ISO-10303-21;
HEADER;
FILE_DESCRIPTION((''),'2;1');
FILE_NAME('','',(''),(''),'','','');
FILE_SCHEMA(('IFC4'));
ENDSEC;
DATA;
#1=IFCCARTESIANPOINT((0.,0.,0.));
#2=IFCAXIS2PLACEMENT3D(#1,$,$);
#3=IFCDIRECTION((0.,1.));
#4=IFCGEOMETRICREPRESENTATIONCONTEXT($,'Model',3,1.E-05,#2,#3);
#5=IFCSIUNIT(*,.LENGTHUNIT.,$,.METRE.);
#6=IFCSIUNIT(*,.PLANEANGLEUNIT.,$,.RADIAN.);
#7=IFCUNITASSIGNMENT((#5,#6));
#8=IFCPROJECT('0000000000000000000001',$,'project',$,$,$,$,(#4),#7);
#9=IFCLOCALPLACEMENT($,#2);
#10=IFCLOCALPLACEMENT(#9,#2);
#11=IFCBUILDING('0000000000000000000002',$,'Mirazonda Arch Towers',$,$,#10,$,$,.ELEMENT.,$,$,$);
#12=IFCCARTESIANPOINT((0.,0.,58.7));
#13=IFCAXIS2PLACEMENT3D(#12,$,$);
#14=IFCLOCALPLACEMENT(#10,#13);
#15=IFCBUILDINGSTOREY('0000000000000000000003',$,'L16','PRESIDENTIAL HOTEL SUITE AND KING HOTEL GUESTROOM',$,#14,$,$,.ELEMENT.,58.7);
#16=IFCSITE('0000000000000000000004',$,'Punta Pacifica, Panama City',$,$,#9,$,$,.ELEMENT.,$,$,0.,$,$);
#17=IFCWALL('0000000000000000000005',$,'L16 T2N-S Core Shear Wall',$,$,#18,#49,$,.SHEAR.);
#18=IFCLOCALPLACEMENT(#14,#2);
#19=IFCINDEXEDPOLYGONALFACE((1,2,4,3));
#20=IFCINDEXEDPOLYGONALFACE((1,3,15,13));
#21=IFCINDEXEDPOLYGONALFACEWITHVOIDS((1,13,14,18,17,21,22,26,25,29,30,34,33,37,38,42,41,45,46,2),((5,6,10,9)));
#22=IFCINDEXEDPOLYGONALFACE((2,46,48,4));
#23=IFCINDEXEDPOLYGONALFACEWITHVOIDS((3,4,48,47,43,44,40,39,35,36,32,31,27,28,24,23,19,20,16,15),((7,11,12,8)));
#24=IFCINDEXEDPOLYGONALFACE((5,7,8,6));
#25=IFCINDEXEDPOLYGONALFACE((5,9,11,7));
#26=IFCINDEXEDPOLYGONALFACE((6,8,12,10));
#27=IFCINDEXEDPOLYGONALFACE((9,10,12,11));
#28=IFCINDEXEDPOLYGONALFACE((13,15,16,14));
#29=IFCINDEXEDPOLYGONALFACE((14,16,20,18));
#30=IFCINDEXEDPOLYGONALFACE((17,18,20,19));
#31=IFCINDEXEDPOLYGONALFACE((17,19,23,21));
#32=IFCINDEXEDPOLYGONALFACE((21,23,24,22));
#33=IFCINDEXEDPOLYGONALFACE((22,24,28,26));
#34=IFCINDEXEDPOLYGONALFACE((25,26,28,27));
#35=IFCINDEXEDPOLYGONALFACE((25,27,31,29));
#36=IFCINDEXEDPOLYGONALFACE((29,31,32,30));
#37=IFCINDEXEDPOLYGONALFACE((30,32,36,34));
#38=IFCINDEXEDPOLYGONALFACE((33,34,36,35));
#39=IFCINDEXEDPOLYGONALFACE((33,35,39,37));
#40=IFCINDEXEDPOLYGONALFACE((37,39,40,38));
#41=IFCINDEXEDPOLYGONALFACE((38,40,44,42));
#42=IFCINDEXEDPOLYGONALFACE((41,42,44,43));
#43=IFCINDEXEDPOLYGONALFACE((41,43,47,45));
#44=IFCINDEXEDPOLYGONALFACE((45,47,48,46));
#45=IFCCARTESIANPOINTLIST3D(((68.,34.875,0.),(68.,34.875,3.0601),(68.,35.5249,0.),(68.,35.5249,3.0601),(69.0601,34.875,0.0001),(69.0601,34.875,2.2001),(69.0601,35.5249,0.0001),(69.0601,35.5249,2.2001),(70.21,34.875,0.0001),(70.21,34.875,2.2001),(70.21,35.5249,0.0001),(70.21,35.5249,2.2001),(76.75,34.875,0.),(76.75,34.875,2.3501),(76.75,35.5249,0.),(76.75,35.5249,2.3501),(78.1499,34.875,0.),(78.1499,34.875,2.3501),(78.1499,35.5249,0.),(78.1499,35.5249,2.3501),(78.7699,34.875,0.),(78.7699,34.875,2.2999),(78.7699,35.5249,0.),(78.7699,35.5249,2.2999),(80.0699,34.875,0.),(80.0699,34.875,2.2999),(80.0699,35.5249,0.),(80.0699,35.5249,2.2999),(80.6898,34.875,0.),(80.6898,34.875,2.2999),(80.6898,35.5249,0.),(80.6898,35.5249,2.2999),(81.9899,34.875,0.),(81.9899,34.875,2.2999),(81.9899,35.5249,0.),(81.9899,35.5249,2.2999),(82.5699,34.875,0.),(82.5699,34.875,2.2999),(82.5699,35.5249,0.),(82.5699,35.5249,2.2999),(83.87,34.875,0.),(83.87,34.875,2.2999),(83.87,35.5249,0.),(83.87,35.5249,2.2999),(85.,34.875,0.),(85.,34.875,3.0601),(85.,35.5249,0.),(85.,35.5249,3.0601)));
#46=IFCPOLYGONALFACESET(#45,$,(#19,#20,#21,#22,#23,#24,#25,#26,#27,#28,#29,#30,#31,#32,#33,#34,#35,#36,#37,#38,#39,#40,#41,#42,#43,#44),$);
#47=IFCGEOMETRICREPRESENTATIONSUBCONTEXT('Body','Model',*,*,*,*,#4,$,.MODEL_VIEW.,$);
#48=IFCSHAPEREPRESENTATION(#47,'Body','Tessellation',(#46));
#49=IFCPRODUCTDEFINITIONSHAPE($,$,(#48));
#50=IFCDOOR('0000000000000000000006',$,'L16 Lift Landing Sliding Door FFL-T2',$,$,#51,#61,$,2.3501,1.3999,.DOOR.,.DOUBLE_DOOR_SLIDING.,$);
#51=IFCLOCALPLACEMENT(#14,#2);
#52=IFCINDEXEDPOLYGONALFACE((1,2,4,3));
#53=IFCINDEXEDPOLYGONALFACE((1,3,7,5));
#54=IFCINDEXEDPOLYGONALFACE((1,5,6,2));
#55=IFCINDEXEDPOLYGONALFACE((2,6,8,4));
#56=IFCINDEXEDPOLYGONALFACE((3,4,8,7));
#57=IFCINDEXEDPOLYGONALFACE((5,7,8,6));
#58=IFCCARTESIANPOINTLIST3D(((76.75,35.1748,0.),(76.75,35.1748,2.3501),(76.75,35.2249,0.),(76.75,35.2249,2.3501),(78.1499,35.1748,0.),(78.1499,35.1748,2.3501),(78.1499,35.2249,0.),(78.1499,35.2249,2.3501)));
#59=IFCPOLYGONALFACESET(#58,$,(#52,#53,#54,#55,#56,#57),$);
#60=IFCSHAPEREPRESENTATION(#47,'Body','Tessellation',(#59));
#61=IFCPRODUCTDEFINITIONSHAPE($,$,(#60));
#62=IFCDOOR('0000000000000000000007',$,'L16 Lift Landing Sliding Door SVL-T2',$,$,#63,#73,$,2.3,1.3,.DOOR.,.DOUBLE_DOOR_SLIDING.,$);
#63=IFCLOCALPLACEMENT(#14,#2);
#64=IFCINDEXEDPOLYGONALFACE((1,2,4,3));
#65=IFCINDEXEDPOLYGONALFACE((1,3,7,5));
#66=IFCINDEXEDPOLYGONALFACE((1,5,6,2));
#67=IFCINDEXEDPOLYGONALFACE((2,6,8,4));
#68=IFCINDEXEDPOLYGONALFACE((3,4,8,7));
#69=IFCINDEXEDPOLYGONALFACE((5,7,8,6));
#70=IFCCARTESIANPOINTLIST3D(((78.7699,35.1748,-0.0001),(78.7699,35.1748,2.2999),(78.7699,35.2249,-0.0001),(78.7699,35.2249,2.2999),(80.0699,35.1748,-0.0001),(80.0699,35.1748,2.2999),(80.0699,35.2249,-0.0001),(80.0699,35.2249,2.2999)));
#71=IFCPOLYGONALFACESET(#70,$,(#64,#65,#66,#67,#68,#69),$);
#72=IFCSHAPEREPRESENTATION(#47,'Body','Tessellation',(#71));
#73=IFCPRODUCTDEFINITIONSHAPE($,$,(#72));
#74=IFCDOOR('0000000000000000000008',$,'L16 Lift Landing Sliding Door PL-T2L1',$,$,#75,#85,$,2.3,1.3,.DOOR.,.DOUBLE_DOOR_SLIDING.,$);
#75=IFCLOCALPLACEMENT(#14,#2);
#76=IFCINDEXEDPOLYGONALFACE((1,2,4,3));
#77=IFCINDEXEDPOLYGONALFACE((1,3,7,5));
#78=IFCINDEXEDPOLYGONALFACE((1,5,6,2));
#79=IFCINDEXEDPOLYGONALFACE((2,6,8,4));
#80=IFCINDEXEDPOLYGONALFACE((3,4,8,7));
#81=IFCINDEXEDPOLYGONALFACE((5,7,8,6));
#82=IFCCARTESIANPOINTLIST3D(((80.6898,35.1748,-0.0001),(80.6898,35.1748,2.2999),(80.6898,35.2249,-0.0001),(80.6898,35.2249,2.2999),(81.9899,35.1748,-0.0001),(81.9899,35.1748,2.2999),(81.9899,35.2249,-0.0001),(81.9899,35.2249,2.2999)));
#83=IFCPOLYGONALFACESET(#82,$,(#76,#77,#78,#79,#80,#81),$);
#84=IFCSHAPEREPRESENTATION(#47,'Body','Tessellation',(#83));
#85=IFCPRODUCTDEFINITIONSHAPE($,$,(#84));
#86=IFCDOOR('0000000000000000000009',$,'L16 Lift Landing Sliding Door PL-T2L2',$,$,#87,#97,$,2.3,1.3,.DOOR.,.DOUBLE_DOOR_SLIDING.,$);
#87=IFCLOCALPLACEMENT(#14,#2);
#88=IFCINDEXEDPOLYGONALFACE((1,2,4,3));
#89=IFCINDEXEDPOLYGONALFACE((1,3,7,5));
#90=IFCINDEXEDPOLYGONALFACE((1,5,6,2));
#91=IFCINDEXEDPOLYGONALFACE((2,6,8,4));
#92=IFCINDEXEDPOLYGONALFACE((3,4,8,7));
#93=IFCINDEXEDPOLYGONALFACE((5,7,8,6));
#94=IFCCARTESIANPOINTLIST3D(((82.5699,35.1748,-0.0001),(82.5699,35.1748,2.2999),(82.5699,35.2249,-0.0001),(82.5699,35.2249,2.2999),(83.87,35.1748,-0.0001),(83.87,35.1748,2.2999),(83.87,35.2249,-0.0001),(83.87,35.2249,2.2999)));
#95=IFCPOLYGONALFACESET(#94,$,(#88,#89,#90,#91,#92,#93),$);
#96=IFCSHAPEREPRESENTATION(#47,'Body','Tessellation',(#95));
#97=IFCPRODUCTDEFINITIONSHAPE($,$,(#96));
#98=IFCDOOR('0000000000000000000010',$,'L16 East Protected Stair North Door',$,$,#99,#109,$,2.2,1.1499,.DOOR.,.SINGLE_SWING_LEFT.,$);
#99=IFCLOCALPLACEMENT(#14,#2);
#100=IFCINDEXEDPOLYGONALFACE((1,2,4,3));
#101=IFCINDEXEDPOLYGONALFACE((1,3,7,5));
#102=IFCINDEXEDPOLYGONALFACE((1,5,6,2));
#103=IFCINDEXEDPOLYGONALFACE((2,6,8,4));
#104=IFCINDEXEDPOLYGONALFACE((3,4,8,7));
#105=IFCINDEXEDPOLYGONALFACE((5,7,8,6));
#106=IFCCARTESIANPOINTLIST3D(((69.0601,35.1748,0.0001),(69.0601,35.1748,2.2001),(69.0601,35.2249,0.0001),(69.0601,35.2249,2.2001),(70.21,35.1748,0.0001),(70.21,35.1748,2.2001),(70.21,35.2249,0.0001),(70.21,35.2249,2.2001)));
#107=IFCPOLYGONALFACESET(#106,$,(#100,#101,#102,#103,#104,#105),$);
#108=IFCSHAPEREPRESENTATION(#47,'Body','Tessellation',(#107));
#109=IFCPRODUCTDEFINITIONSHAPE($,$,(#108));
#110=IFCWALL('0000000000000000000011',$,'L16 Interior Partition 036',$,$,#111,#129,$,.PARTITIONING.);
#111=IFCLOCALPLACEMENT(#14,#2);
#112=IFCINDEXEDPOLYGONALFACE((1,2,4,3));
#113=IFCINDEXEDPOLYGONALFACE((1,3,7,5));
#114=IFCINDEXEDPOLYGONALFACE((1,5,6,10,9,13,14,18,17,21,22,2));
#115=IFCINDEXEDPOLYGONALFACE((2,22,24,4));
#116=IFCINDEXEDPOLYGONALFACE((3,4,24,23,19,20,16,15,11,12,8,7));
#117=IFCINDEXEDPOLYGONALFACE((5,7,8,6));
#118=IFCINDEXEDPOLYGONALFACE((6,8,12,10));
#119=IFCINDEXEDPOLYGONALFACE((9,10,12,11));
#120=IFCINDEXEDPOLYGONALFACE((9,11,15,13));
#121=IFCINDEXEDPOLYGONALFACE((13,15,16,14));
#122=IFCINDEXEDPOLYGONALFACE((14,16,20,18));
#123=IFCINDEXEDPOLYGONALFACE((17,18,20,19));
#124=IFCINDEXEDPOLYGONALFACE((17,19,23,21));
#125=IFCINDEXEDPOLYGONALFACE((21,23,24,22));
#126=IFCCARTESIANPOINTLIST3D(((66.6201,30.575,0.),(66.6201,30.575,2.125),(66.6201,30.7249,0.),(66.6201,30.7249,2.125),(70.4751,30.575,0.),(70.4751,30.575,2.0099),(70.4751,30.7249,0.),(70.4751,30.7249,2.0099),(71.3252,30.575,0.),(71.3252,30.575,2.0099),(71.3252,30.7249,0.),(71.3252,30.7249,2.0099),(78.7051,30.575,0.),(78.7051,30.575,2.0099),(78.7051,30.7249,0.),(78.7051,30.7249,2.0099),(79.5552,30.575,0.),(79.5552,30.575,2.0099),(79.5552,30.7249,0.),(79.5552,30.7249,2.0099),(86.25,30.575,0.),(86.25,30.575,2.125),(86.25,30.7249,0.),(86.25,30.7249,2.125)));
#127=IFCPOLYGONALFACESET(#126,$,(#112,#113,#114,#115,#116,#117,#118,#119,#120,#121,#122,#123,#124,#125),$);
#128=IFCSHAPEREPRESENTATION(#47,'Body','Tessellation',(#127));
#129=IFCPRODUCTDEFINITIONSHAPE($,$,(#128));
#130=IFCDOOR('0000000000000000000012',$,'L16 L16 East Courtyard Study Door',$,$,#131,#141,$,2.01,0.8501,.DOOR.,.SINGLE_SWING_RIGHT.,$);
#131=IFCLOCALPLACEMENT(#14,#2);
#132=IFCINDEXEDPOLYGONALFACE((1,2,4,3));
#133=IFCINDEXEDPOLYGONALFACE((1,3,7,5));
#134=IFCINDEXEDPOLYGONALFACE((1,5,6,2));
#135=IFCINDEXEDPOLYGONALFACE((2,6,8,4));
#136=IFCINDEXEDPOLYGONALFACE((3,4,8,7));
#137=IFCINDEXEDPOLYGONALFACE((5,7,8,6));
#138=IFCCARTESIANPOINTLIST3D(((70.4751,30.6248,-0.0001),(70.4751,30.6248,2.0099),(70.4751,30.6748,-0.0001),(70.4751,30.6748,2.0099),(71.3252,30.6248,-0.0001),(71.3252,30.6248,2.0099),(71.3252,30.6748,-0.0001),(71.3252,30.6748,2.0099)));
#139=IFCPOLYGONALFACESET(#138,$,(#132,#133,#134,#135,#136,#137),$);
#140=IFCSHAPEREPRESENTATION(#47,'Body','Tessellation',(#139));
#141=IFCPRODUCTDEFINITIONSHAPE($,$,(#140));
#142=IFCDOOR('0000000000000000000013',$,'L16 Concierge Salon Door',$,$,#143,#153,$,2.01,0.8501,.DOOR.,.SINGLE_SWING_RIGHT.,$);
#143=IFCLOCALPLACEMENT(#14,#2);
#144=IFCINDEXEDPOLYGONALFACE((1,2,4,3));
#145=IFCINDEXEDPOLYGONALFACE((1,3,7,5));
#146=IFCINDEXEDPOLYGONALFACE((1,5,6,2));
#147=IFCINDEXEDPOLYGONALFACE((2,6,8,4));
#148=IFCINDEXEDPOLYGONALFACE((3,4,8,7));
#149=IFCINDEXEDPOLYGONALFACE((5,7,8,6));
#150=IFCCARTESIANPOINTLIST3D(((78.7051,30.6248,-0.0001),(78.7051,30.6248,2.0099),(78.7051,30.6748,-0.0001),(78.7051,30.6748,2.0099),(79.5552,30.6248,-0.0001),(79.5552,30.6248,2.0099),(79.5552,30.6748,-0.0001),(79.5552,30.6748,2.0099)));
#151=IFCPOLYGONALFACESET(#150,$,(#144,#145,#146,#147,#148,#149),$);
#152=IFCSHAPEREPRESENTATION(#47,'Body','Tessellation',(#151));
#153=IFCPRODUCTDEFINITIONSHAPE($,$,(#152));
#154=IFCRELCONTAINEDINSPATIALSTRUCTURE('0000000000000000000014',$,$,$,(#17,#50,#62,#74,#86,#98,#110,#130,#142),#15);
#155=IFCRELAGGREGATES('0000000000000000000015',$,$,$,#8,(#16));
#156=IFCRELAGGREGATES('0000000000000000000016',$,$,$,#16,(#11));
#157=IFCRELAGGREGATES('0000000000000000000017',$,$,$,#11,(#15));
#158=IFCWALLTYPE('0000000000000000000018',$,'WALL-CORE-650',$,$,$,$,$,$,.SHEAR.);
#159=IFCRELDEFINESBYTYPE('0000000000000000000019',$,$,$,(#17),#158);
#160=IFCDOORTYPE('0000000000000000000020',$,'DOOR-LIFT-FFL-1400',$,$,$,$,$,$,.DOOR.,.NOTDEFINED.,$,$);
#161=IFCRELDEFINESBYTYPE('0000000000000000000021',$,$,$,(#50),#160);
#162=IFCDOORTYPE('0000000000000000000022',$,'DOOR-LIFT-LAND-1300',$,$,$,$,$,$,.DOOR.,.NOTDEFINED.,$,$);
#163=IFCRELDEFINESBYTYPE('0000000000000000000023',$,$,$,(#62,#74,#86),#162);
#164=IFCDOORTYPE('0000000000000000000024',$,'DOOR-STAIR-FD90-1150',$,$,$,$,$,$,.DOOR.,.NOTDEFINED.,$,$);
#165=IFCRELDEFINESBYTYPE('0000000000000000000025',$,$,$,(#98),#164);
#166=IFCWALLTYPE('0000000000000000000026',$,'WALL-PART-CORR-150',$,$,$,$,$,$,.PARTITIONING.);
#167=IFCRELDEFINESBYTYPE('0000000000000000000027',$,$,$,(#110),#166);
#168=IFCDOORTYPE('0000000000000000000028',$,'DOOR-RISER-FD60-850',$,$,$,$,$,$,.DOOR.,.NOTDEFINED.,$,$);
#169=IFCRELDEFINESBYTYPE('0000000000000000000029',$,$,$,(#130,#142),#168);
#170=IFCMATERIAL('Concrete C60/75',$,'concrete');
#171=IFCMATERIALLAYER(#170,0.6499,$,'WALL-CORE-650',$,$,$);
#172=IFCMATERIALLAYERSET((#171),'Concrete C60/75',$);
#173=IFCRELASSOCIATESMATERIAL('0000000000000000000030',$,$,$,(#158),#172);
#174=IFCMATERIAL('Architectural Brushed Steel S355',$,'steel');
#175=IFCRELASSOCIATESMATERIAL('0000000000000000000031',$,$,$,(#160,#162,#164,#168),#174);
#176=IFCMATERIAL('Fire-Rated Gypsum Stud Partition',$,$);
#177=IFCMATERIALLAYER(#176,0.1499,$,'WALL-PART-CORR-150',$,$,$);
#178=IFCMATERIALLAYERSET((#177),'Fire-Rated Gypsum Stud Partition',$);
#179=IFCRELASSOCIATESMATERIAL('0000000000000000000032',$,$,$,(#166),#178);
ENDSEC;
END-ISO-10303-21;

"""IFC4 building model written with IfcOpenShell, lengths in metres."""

from ifc_helpers import new_model, si_unit, direction, frame, frame_2d, origin, place, context, subcontext, project, spatial, rectangle, extrude, material, layer, layer_set, type_object, element, fill, save


model = new_model("IFC4")

# Units and contexts
model_context = context("Model", 3, precision=1e-05, world=origin(), true_north=direction((0.0, 1.0)))
body_context = subcontext(model_context, "Body", "Model", "MODEL_VIEW")
ifc_project = project(units=[si_unit("LENGTHUNIT", "METRE"), si_unit("PLANEANGLEUNIT", "RADIAN")], contexts=[model_context])

# Site, building, storey
site_placement = place(None, origin())
site = spatial("IfcSite", under=ifc_project, at=site_placement, Name="Punta Pacifica, Panama City", CompositionType="ELEMENT", RefElevation=0.0)
building_placement = place(site_placement, origin())
building = spatial("IfcBuilding", under=site, at=building_placement, Name="Mirazonda Arch Towers", CompositionType="ELEMENT")
storey_placement = place(building_placement, frame((0.0, 0.0, 58.7)))
storey = spatial("IfcBuildingStorey", under=building, at=storey_placement, Name="L16", Description="PRESIDENTIAL HOTEL SUITE AND KING HOTEL GUESTROOM", CompositionType="ELEMENT", Elevation=58.7)

# Shared definitions
ifc_material_1 = material(Name="Concrete C60/75", Category="concrete")

# Shared definitions
ifc_layer_1 = layer(ifc_material_1, 0.6499, Name="WALL-CORE-650")
ifc_layer_set_1 = layer_set([ifc_layer_1], Name="Concrete C60/75")
wall_type_1 = type_object("IfcWallType", Name="WALL-CORE-650", PredefinedType="SHEAR", material=ifc_layer_set_1)

# Walls, openings, doors
wall_1_placement = place(storey_placement, frame((68.0, 35.2, 0.0), z_axis=(0.0, 0.0, 1.0), x_axis=(1.0, 0.0, 0.0)))
wall_1 = element("IfcWall", 1, at=wall_1_placement, inside=storey, type_object=wall_type_1, Name="L16 T2N-S Core Shear Wall", PredefinedType="SHEAR", context=body_context, shape_type="SweptSolid", body=[
    extrude(rectangle(XDim=17.0, YDim=0.6499, at=frame_2d((8.5, 0.0))), origin(), (0.0, 0.0, 1.0), 3.0601),
])
opening_1_placement = place(wall_1_placement, frame((1.0601, 0.0, 0.0)))
opening_1 = element("IfcOpeningElement", 2, at=opening_1_placement, cuts=wall_1, PredefinedType="OPENING", context=body_context, shape_type="SweptSolid", body=[
    extrude(rectangle(XDim=1.1499, YDim=2.2, at=frame_2d((0.575, 1.1001))), frame((0.0, 0.335, 0.0), z_axis=(0.0, -1.0, 0.0), x_axis=(1.0, 0.0, 0.0)), (0.0, 0.0, 1.0), 0.6699),
])
opening_2_placement = place(wall_1_placement, frame((8.75, 0.0, 0.0)))
opening_2 = element("IfcOpeningElement", 3, at=opening_2_placement, cuts=wall_1, PredefinedType="OPENING", context=body_context, shape_type="SweptSolid", body=[
    extrude(rectangle(XDim=1.3999, YDim=2.3501, at=frame_2d((0.7, 1.175))), frame((0.0, 0.335, 0.0), z_axis=(0.0, -1.0, 0.0), x_axis=(1.0, 0.0, 0.0)), (0.0, 0.0, 1.0), 0.6699),
])
opening_3_placement = place(wall_1_placement, frame((10.77, 0.0, 0.0)))
opening_3 = element("IfcOpeningElement", 4, at=opening_3_placement, cuts=wall_1, PredefinedType="OPENING", context=body_context, shape_type="SweptSolid", body=[
    extrude(rectangle(XDim=1.3, YDim=2.3, at=frame_2d((0.6499, 1.1499))), frame((0.0, 0.335, 0.0), z_axis=(0.0, -1.0, 0.0), x_axis=(1.0, 0.0, 0.0)), (0.0, 0.0, 1.0), 0.6699),
])
opening_4_placement = place(wall_1_placement, frame((12.6899, 0.0, 0.0)))
opening_4 = element("IfcOpeningElement", 5, at=opening_4_placement, cuts=wall_1, PredefinedType="OPENING", context=body_context, shape_type="SweptSolid", body=[
    extrude(rectangle(XDim=1.3, YDim=2.3, at=frame_2d((0.6499, 1.1499))), frame((0.0, 0.335, 0.0), z_axis=(0.0, -1.0, 0.0), x_axis=(1.0, 0.0, 0.0)), (0.0, 0.0, 1.0), 0.6699),
])
opening_5_placement = place(wall_1_placement, frame((14.5701, 0.0, 0.0)))
opening_5 = element("IfcOpeningElement", 6, at=opening_5_placement, cuts=wall_1, PredefinedType="OPENING", context=body_context, shape_type="SweptSolid", body=[
    extrude(rectangle(XDim=1.3, YDim=2.3, at=frame_2d((0.6499, 1.1499))), frame((0.0, 0.335, 0.0), z_axis=(0.0, -1.0, 0.0), x_axis=(1.0, 0.0, 0.0)), (0.0, 0.0, 1.0), 0.6699),
])
ifc_material_2 = material(Name="Architectural Brushed Steel S355", Category="steel")
door_type_1 = type_object("IfcDoorType", Name="DOOR-LIFT-FFL-1400", OperationType="NOTDEFINED", PredefinedType="DOOR", material=ifc_material_2)
door_1_placement = place(opening_2_placement, origin())
door_1 = element("IfcDoor", 7, at=door_1_placement, inside=storey, type_object=door_type_1, Name="L16 Lift Landing Sliding Door FFL-T2", OperationType="DOUBLE_DOOR_SLIDING", OverallHeight=2.3501, OverallWidth=1.3999, PredefinedType="DOOR", context=body_context, shape_type="SweptSolid", body=[
    extrude(rectangle(XDim=1.3999, YDim=2.3501, at=frame_2d((0.7, 1.175))), frame((0.0, 0.0249, 0.0), z_axis=(0.0, -1.0, 0.0), x_axis=(1.0, 0.0, 0.0)), (0.0, 0.0, 1.0), 0.05),
])
fill(opening_2, door_1)
door_type_2 = type_object("IfcDoorType", Name="DOOR-LIFT-LAND-1300", OperationType="NOTDEFINED", PredefinedType="DOOR", material=ifc_material_2)
door_2_placement = place(opening_3_placement, origin())
door_2 = element("IfcDoor", 8, at=door_2_placement, inside=storey, type_object=door_type_2, Name="L16 Lift Landing Sliding Door SVL-T2", OperationType="DOUBLE_DOOR_SLIDING", OverallHeight=2.3, OverallWidth=1.3, PredefinedType="DOOR", context=body_context, shape_type="SweptSolid", body=[
    extrude(rectangle(XDim=1.3, YDim=2.3, at=frame_2d((0.6499, 1.1499))), frame((0.0, 0.0249, 0.0), z_axis=(0.0, -1.0, 0.0), x_axis=(1.0, 0.0, 0.0)), (0.0, 0.0, 1.0), 0.05),
])
fill(opening_3, door_2)
door_3_placement = place(opening_4_placement, origin())
door_3 = element("IfcDoor", 9, at=door_3_placement, inside=storey, type_object=door_type_2, Name="L16 Lift Landing Sliding Door PL-T2L1", OperationType="DOUBLE_DOOR_SLIDING", OverallHeight=2.3, OverallWidth=1.3, PredefinedType="DOOR", context=body_context, shape_type="SweptSolid", body=[
    extrude(rectangle(XDim=1.3, YDim=2.3, at=frame_2d((0.6499, 1.1499))), frame((0.0, 0.0249, 0.0), z_axis=(0.0, -1.0, 0.0), x_axis=(1.0, 0.0, 0.0)), (0.0, 0.0, 1.0), 0.05),
])
fill(opening_4, door_3)
door_4_placement = place(opening_5_placement, origin())
door_4 = element("IfcDoor", 10, at=door_4_placement, inside=storey, type_object=door_type_2, Name="L16 Lift Landing Sliding Door PL-T2L2", OperationType="DOUBLE_DOOR_SLIDING", OverallHeight=2.3, OverallWidth=1.3, PredefinedType="DOOR", context=body_context, shape_type="SweptSolid", body=[
    extrude(rectangle(XDim=1.3, YDim=2.3, at=frame_2d((0.6499, 1.1499))), frame((0.0, 0.0249, 0.0), z_axis=(0.0, -1.0, 0.0), x_axis=(1.0, 0.0, 0.0)), (0.0, 0.0, 1.0), 0.05),
])
fill(opening_5, door_4)
door_type_3 = type_object("IfcDoorType", Name="DOOR-STAIR-FD90-1150", OperationType="NOTDEFINED", PredefinedType="DOOR", material=ifc_material_2)
door_5_placement = place(opening_1_placement, origin())
door_5 = element("IfcDoor", 11, at=door_5_placement, inside=storey, type_object=door_type_3, Name="L16 East Protected Stair North Door", OperationType="SINGLE_SWING_LEFT", OverallHeight=2.2, OverallWidth=1.1499, PredefinedType="DOOR", context=body_context, shape_type="SweptSolid", body=[
    extrude(rectangle(XDim=1.1499, YDim=2.2, at=frame_2d((0.575, 1.1001))), frame((0.0, 0.0249, 0.0), z_axis=(0.0, -1.0, 0.0), x_axis=(1.0, 0.0, 0.0)), (0.0, 0.0, 1.0), 0.05),
])
fill(opening_1, door_5)
ifc_material_3 = material(Name="Fire-Rated Gypsum Stud Partition")
ifc_layer_2 = layer(ifc_material_3, 0.1499, Name="WALL-PART-CORR-150")
ifc_layer_set_2 = layer_set([ifc_layer_2], Name="Fire-Rated Gypsum Stud Partition")
wall_type_2 = type_object("IfcWallType", Name="WALL-PART-CORR-150", PredefinedType="PARTITIONING", material=ifc_layer_set_2)
wall_2_placement = place(storey_placement, frame((66.6201, 30.6499, 0.0), z_axis=(0.0, 0.0, 1.0), x_axis=(1.0, 0.0, 0.0)))
wall_2 = element("IfcWall", 12, at=wall_2_placement, inside=storey, type_object=wall_type_2, Name="L16 Interior Partition 036", PredefinedType="PARTITIONING", context=body_context, shape_type="SweptSolid", body=[
    extrude(rectangle(XDim=19.6299, YDim=0.1499, at=frame_2d((9.8149, 0.0))), origin(), (0.0, 0.0, 1.0), 2.125),
])
opening_6_placement = place(wall_2_placement, frame((3.855, 0.0, 0.0)))
opening_6 = element("IfcOpeningElement", 13, at=opening_6_placement, cuts=wall_2, PredefinedType="OPENING", context=body_context, shape_type="SweptSolid", body=[
    extrude(rectangle(XDim=0.8501, YDim=2.01, at=frame_2d((0.425, 1.0049))), frame((0.0, 0.085, 0.0), z_axis=(0.0, -1.0, 0.0), x_axis=(1.0, 0.0, 0.0)), (0.0, 0.0, 1.0), 0.1699),
])
opening_7_placement = place(wall_2_placement, frame((12.085, 0.0, 0.0)))
opening_7 = element("IfcOpeningElement", 14, at=opening_7_placement, cuts=wall_2, PredefinedType="OPENING", context=body_context, shape_type="SweptSolid", body=[
    extrude(rectangle(XDim=0.8501, YDim=2.01, at=frame_2d((0.425, 1.0049))), frame((0.0, 0.085, 0.0), z_axis=(0.0, -1.0, 0.0), x_axis=(1.0, 0.0, 0.0)), (0.0, 0.0, 1.0), 0.1699),
])
door_type_4 = type_object("IfcDoorType", Name="DOOR-RISER-FD60-850", OperationType="NOTDEFINED", PredefinedType="DOOR", material=ifc_material_2)
door_6_placement = place(opening_6_placement, origin())
door_6 = element("IfcDoor", 15, at=door_6_placement, inside=storey, type_object=door_type_4, Name="L16 L16 East Courtyard Study Door", OperationType="SINGLE_SWING_RIGHT", OverallHeight=2.01, OverallWidth=0.8501, PredefinedType="DOOR", context=body_context, shape_type="SweptSolid", body=[
    extrude(rectangle(XDim=0.8501, YDim=2.01, at=frame_2d((0.425, 1.0049))), frame((0.0, 0.0249, 0.0), z_axis=(0.0, -1.0, 0.0), x_axis=(1.0, 0.0, 0.0)), (0.0, 0.0, 1.0), 0.05),
])
fill(opening_6, door_6)
door_7_placement = place(opening_7_placement, origin())
door_7 = element("IfcDoor", 16, at=door_7_placement, inside=storey, type_object=door_type_4, Name="L16 Concierge Salon Door", OperationType="SINGLE_SWING_RIGHT", OverallHeight=2.01, OverallWidth=0.8501, PredefinedType="DOOR", context=body_context, shape_type="SweptSolid", body=[
    extrude(rectangle(XDim=0.8501, YDim=2.01, at=frame_2d((0.425, 1.0049))), frame((0.0, 0.0249, 0.0), z_axis=(0.0, -1.0, 0.0), x_axis=(1.0, 0.0, 0.0)), (0.0, 0.0, 1.0), 0.05),
])
fill(opening_7, door_7)

save(model, "model.ifc")
